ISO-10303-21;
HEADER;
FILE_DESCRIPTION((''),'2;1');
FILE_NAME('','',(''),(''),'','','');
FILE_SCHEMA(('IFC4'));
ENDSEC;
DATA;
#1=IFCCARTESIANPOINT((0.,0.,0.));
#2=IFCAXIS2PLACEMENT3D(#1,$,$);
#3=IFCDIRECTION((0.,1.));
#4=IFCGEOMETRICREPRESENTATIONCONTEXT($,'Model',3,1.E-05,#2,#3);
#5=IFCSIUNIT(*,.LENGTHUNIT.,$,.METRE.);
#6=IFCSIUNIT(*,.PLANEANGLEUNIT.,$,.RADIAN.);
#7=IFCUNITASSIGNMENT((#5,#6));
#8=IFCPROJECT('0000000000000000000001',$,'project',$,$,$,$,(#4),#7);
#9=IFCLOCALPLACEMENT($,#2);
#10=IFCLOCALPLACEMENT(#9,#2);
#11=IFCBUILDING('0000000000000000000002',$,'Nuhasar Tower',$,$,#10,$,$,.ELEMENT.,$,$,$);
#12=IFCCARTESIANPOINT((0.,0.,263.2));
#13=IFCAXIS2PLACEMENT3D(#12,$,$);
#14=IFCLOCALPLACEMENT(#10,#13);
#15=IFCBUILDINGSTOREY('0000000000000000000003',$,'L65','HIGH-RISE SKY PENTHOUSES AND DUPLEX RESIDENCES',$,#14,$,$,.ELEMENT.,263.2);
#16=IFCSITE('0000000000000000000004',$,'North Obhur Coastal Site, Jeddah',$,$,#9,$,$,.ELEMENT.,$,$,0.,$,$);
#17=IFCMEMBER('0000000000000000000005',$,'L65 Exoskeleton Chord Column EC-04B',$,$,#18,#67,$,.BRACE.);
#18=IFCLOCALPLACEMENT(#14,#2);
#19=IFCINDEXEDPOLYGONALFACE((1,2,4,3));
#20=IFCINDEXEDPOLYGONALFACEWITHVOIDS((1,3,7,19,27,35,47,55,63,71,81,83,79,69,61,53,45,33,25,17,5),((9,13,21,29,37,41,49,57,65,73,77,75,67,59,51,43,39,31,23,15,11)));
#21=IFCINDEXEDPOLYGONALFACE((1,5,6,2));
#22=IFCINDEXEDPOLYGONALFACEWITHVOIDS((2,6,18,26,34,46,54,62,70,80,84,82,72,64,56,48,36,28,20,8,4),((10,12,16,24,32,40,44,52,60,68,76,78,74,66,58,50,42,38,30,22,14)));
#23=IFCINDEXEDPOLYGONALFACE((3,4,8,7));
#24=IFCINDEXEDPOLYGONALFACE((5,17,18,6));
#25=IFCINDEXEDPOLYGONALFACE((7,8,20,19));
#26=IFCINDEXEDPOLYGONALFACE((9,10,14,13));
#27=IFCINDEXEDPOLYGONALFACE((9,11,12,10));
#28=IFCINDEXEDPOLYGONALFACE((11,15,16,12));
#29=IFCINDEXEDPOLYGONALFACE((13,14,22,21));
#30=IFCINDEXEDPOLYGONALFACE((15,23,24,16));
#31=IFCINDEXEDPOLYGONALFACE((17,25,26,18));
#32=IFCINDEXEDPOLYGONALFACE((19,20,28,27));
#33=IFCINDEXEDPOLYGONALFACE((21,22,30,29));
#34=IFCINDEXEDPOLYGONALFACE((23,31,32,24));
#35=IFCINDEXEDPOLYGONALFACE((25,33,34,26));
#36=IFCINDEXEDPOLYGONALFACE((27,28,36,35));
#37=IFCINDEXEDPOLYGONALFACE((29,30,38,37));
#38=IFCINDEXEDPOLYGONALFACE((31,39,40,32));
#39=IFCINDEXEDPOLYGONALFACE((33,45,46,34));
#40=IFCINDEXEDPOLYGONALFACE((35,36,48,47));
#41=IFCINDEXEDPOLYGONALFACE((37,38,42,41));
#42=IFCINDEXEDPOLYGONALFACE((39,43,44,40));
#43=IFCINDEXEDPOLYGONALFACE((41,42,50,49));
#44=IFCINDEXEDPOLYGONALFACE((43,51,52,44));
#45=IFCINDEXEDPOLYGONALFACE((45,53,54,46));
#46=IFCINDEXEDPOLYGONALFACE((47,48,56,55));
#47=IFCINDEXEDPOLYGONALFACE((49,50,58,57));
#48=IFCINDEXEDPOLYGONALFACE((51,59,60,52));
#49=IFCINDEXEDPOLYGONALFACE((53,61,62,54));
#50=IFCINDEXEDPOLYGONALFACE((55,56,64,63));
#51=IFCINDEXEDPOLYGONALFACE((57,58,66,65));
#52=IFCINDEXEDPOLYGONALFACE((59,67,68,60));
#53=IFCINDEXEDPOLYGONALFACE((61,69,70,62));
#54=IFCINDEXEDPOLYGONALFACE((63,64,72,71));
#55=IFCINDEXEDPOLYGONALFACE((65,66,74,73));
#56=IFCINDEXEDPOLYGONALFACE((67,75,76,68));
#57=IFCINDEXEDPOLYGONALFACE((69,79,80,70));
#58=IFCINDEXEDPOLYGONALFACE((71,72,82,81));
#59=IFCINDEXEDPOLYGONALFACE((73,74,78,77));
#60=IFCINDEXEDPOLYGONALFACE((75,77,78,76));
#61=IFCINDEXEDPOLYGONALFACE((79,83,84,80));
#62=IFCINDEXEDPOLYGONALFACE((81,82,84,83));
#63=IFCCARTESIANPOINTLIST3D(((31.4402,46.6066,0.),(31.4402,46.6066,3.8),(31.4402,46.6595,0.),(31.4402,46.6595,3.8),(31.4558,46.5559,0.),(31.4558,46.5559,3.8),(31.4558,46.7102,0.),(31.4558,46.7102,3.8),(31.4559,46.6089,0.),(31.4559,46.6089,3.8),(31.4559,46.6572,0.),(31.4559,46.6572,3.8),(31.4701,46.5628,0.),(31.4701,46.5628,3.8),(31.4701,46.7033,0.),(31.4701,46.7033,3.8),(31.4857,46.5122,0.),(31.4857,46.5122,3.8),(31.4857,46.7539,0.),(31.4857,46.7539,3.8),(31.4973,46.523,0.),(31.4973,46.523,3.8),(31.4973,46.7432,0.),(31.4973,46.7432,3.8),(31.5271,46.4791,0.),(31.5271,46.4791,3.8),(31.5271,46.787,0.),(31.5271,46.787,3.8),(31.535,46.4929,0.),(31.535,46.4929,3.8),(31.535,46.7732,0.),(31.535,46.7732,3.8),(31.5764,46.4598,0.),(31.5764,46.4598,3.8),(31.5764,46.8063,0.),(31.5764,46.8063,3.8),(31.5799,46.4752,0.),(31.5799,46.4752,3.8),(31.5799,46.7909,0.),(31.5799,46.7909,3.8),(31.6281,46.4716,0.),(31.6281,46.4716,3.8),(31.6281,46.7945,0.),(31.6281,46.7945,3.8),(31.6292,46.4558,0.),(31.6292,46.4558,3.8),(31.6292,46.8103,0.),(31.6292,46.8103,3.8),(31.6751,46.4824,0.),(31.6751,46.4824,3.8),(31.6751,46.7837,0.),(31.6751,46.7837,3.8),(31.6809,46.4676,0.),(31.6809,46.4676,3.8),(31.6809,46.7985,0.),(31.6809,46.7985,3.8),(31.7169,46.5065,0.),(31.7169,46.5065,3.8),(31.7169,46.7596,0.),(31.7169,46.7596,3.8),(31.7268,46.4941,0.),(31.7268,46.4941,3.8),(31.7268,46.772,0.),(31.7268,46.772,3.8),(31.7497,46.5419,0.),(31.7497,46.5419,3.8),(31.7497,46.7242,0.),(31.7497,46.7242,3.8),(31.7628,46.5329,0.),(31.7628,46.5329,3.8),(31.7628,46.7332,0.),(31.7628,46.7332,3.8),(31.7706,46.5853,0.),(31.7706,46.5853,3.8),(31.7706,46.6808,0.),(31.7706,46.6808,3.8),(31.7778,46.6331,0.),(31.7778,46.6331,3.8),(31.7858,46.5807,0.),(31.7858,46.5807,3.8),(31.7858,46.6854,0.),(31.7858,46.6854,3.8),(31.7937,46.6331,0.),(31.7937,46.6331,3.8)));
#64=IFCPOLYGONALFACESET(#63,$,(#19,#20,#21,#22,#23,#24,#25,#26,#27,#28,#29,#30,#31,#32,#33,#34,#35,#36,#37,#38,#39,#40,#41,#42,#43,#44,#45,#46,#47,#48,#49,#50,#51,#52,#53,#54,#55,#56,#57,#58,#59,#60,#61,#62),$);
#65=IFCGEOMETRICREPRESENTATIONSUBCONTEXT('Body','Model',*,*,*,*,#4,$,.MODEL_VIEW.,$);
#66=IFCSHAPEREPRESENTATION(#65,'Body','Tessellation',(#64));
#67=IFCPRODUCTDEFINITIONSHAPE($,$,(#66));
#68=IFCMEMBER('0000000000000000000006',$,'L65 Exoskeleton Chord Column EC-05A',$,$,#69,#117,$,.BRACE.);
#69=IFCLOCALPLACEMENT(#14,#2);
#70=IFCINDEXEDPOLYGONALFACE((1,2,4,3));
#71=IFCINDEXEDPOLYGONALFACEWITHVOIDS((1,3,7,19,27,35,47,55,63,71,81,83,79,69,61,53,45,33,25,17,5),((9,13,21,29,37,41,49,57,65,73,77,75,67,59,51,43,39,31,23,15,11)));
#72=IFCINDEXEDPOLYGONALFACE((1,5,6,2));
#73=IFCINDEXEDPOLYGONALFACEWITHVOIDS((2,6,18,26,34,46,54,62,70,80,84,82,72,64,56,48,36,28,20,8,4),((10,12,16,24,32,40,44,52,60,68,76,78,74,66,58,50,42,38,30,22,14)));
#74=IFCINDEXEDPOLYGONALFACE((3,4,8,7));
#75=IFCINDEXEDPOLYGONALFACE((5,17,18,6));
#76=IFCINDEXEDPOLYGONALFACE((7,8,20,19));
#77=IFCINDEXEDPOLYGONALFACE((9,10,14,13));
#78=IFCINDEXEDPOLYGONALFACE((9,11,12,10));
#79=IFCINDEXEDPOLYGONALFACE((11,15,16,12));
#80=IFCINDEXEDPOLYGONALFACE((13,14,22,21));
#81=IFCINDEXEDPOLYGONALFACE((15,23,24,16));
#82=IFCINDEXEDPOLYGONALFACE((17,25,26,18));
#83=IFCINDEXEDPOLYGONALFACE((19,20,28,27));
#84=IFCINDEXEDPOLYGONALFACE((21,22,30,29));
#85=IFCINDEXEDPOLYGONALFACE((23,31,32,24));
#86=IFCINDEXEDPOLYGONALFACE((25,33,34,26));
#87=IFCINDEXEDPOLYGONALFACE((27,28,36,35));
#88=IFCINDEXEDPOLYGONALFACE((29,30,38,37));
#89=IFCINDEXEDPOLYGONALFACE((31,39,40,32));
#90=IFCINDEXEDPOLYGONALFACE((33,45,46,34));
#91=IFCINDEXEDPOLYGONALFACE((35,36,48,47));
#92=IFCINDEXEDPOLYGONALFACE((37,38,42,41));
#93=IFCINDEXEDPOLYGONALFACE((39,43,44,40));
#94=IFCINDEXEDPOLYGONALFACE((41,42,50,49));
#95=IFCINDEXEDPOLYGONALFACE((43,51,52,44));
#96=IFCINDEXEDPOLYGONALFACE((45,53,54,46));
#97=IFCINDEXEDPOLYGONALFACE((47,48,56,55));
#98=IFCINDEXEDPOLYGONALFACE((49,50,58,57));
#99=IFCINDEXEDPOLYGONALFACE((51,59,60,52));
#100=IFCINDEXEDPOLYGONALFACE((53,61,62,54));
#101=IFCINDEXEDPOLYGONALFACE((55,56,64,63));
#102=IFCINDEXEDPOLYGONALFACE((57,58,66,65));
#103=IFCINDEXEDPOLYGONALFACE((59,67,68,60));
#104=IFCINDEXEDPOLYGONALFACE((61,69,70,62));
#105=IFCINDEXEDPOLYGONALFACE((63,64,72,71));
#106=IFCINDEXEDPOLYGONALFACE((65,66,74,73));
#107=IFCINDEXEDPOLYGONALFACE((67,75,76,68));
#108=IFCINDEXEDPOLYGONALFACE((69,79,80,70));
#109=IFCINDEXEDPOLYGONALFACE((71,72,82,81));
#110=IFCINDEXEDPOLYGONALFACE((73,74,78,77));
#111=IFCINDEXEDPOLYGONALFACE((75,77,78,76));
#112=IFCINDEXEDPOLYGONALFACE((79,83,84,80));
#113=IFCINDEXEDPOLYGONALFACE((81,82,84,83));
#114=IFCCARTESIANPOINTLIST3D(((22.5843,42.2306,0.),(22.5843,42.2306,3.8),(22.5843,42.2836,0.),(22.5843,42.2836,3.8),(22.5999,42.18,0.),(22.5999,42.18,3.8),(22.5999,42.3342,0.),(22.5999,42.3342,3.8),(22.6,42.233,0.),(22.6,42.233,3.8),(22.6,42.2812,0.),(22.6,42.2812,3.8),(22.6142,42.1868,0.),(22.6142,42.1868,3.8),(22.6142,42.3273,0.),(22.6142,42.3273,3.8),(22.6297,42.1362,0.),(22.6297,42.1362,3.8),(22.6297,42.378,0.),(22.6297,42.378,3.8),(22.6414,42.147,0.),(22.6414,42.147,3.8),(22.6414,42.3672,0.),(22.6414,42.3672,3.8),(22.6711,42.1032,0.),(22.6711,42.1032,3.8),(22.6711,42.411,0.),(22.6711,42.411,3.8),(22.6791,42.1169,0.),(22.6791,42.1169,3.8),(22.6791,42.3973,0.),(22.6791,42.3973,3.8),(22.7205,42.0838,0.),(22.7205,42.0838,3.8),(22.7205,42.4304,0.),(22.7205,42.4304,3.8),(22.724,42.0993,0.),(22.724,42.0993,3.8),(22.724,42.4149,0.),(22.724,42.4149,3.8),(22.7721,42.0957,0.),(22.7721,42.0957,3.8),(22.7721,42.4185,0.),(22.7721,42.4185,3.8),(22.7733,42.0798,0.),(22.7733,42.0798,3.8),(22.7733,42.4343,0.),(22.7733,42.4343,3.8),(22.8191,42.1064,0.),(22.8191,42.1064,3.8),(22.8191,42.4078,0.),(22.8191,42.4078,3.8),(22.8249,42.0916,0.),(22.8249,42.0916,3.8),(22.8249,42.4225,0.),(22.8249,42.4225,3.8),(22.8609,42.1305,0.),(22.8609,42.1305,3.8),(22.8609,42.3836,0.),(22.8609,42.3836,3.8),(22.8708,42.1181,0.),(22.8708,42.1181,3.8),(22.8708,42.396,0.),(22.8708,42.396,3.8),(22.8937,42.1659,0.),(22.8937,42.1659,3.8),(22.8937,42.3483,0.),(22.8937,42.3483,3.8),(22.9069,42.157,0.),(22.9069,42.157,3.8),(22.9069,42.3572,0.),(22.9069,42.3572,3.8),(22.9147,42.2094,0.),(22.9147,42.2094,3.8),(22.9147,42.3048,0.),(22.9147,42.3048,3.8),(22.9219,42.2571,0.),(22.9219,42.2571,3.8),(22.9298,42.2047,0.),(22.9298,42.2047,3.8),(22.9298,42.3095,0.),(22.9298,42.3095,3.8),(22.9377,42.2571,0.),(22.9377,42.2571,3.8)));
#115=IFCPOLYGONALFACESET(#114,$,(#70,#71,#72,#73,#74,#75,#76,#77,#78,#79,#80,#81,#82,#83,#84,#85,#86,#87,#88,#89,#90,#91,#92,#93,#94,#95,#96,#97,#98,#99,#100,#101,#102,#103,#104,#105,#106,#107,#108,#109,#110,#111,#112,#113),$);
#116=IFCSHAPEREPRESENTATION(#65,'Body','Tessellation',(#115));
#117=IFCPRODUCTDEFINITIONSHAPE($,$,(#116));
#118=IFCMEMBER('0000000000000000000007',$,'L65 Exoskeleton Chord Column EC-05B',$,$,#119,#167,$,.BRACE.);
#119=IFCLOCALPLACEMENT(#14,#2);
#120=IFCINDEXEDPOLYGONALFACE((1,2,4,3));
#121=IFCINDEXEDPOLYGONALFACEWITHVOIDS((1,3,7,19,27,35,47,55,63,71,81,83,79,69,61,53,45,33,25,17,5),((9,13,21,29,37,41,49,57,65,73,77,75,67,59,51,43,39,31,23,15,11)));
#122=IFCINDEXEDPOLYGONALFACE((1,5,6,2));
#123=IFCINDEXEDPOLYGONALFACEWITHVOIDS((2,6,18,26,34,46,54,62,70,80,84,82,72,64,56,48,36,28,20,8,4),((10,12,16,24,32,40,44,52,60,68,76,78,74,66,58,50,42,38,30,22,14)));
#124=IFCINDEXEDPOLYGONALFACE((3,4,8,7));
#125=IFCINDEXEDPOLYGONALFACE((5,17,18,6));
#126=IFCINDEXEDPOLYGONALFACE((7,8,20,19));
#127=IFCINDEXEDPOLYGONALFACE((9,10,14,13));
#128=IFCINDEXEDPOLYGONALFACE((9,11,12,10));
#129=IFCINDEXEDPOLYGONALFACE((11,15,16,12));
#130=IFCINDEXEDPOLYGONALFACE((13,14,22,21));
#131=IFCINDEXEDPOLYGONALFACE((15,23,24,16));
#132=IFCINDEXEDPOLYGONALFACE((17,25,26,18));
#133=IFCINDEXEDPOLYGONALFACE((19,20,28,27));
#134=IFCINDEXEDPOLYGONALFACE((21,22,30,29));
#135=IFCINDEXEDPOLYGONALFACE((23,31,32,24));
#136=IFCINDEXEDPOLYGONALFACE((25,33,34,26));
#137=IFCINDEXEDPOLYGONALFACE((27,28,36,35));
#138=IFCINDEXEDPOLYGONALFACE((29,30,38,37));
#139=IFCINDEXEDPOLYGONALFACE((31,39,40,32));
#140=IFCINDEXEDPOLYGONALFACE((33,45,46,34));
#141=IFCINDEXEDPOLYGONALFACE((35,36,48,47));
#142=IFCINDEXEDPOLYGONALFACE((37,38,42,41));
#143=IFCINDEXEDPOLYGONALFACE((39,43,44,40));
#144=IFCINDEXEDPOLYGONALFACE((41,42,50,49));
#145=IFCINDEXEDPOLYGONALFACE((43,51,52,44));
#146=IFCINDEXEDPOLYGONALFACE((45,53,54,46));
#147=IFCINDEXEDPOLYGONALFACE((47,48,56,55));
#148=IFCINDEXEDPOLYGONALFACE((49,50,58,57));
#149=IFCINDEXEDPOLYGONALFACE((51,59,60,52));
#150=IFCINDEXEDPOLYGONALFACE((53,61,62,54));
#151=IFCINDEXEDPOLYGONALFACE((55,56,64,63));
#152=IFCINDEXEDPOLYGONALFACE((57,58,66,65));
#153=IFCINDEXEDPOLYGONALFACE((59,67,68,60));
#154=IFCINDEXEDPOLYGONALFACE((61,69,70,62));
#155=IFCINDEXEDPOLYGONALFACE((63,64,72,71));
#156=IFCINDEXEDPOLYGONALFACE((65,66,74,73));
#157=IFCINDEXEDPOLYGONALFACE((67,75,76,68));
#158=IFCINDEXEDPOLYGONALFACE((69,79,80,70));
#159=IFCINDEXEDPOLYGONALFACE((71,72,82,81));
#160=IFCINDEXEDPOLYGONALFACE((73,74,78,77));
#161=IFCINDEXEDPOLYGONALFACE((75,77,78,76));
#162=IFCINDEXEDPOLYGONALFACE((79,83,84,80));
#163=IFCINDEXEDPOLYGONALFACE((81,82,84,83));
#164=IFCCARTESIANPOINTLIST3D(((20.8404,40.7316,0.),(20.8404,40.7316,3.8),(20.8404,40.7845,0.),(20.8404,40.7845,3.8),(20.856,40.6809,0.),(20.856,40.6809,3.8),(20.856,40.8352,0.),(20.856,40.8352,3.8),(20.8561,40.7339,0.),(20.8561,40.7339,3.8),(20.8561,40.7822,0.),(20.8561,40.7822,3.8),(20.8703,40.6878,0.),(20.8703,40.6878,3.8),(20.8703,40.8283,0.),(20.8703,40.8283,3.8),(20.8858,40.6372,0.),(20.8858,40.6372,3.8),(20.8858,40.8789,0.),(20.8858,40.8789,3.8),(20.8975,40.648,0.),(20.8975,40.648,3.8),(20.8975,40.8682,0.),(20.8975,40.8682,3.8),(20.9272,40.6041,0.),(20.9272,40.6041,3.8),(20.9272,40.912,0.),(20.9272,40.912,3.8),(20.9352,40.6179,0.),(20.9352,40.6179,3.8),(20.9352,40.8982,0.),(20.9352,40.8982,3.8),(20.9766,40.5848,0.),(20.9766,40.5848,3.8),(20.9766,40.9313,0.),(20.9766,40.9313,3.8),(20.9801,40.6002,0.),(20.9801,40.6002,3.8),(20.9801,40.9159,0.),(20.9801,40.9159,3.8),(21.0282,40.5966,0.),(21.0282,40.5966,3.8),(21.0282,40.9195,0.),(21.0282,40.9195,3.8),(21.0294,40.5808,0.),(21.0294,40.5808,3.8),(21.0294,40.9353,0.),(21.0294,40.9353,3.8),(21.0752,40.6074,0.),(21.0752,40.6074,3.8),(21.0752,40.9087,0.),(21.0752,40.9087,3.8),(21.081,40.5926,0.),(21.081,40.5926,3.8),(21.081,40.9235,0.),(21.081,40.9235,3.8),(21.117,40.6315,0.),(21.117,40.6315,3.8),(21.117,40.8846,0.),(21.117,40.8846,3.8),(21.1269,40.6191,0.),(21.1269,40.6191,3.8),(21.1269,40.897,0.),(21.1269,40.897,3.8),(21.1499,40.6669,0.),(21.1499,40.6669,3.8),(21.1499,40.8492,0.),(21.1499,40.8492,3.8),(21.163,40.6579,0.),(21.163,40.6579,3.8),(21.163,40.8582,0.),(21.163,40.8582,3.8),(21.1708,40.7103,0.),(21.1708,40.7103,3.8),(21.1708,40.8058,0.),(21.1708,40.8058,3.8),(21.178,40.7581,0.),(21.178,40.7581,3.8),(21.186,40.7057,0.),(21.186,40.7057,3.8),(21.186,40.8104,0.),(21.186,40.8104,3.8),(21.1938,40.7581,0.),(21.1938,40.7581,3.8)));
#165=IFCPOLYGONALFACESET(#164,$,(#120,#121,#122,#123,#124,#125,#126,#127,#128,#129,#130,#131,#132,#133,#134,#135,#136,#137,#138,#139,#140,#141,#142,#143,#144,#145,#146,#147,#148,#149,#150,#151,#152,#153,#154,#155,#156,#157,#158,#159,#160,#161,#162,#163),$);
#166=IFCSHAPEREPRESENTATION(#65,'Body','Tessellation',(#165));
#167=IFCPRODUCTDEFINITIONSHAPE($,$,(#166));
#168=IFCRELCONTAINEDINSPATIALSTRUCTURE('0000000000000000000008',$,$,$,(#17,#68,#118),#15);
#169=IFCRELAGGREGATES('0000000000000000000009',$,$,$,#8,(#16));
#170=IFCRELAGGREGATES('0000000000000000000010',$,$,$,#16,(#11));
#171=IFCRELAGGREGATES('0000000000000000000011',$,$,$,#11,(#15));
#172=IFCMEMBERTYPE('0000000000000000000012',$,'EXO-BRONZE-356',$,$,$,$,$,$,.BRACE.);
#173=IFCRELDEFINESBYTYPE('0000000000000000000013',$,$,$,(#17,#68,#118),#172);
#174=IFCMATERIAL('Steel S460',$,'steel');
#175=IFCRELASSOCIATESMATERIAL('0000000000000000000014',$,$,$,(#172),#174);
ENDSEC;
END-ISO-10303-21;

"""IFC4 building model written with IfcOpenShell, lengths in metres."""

from ifc_helpers import new_model, si_unit, direction, frame, origin, origin_2d, place, context, subcontext, project, spatial, hollow_circle, extrude, material, material_profile, profile_set, type_object, element, save


model = new_model("IFC4")

# Units and contexts
model_context = context("Model", 3, precision=1e-05, world=origin(), true_north=direction((0.0, 1.0)))
body_context = subcontext(model_context, "Body", "Model", "MODEL_VIEW")
ifc_project = project(units=[si_unit("LENGTHUNIT", "METRE"), si_unit("PLANEANGLEUNIT", "RADIAN")], contexts=[model_context])

# Site, building, storey
site_placement = place(None, origin())
site = spatial("IfcSite", under=ifc_project, at=site_placement, Name="North Obhur Coastal Site, Jeddah", CompositionType="ELEMENT", RefElevation=0.0)
building_placement = place(site_placement, origin())
building = spatial("IfcBuilding", under=site, at=building_placement, Name="Nuhasar Tower", CompositionType="ELEMENT")
storey_placement = place(building_placement, frame((0.0, 0.0, 263.2)))
storey = spatial("IfcBuildingStorey", under=building, at=storey_placement, Name="L65", Description="HIGH-RISE SKY PENTHOUSES AND DUPLEX RESIDENCES", CompositionType="ELEMENT", Elevation=263.2)

# Members
ifc_material_1 = material(Name="Steel S460", Category="steel")
ifc_material_profile_1 = material_profile(ifc_material_1, hollow_circle(Radius=0.1777, WallThickness=0.0159, at=origin_2d()), Name="HSS355.6X15.9")
ifc_profile_set_1 = profile_set([ifc_material_profile_1], Name="Steel S460")
member_type_1 = type_object("IfcMemberType", Name="EXO-BRONZE-356", PredefinedType="BRACE", material=ifc_profile_set_1)
for number, where, z_axis, x_axis, name in (
    (1, (31.616, 46.6331, 0.0), (0.0, 0.0, 1.0), (1.0, 0.0, 0.0), "L65 Exoskeleton Chord Column EC-04B"),
    (2, (22.76, 42.2571, 0.0), (0.0, 0.0, 1.0), (1.0, 0.0, 0.0), "L65 Exoskeleton Chord Column EC-05A"),
    (3, (21.0161, 40.7581, 0.0), (0.0, 0.0, 1.0), (1.0, 0.0, 0.0), "L65 Exoskeleton Chord Column EC-05B"),
):
    element("IfcMember", number, at=place(storey_placement, frame(where, z_axis=z_axis, x_axis=x_axis)), inside=storey, type_object=member_type_1, Name=name, PredefinedType="BRACE", context=body_context, shape_type="SweptSolid", body=[
        extrude(hollow_circle(Radius=0.1777, WallThickness=0.0159, at=origin_2d()), origin(), (0.0, 0.0, 1.0), 3.8),
    ])

save(model, "model.ifc")
